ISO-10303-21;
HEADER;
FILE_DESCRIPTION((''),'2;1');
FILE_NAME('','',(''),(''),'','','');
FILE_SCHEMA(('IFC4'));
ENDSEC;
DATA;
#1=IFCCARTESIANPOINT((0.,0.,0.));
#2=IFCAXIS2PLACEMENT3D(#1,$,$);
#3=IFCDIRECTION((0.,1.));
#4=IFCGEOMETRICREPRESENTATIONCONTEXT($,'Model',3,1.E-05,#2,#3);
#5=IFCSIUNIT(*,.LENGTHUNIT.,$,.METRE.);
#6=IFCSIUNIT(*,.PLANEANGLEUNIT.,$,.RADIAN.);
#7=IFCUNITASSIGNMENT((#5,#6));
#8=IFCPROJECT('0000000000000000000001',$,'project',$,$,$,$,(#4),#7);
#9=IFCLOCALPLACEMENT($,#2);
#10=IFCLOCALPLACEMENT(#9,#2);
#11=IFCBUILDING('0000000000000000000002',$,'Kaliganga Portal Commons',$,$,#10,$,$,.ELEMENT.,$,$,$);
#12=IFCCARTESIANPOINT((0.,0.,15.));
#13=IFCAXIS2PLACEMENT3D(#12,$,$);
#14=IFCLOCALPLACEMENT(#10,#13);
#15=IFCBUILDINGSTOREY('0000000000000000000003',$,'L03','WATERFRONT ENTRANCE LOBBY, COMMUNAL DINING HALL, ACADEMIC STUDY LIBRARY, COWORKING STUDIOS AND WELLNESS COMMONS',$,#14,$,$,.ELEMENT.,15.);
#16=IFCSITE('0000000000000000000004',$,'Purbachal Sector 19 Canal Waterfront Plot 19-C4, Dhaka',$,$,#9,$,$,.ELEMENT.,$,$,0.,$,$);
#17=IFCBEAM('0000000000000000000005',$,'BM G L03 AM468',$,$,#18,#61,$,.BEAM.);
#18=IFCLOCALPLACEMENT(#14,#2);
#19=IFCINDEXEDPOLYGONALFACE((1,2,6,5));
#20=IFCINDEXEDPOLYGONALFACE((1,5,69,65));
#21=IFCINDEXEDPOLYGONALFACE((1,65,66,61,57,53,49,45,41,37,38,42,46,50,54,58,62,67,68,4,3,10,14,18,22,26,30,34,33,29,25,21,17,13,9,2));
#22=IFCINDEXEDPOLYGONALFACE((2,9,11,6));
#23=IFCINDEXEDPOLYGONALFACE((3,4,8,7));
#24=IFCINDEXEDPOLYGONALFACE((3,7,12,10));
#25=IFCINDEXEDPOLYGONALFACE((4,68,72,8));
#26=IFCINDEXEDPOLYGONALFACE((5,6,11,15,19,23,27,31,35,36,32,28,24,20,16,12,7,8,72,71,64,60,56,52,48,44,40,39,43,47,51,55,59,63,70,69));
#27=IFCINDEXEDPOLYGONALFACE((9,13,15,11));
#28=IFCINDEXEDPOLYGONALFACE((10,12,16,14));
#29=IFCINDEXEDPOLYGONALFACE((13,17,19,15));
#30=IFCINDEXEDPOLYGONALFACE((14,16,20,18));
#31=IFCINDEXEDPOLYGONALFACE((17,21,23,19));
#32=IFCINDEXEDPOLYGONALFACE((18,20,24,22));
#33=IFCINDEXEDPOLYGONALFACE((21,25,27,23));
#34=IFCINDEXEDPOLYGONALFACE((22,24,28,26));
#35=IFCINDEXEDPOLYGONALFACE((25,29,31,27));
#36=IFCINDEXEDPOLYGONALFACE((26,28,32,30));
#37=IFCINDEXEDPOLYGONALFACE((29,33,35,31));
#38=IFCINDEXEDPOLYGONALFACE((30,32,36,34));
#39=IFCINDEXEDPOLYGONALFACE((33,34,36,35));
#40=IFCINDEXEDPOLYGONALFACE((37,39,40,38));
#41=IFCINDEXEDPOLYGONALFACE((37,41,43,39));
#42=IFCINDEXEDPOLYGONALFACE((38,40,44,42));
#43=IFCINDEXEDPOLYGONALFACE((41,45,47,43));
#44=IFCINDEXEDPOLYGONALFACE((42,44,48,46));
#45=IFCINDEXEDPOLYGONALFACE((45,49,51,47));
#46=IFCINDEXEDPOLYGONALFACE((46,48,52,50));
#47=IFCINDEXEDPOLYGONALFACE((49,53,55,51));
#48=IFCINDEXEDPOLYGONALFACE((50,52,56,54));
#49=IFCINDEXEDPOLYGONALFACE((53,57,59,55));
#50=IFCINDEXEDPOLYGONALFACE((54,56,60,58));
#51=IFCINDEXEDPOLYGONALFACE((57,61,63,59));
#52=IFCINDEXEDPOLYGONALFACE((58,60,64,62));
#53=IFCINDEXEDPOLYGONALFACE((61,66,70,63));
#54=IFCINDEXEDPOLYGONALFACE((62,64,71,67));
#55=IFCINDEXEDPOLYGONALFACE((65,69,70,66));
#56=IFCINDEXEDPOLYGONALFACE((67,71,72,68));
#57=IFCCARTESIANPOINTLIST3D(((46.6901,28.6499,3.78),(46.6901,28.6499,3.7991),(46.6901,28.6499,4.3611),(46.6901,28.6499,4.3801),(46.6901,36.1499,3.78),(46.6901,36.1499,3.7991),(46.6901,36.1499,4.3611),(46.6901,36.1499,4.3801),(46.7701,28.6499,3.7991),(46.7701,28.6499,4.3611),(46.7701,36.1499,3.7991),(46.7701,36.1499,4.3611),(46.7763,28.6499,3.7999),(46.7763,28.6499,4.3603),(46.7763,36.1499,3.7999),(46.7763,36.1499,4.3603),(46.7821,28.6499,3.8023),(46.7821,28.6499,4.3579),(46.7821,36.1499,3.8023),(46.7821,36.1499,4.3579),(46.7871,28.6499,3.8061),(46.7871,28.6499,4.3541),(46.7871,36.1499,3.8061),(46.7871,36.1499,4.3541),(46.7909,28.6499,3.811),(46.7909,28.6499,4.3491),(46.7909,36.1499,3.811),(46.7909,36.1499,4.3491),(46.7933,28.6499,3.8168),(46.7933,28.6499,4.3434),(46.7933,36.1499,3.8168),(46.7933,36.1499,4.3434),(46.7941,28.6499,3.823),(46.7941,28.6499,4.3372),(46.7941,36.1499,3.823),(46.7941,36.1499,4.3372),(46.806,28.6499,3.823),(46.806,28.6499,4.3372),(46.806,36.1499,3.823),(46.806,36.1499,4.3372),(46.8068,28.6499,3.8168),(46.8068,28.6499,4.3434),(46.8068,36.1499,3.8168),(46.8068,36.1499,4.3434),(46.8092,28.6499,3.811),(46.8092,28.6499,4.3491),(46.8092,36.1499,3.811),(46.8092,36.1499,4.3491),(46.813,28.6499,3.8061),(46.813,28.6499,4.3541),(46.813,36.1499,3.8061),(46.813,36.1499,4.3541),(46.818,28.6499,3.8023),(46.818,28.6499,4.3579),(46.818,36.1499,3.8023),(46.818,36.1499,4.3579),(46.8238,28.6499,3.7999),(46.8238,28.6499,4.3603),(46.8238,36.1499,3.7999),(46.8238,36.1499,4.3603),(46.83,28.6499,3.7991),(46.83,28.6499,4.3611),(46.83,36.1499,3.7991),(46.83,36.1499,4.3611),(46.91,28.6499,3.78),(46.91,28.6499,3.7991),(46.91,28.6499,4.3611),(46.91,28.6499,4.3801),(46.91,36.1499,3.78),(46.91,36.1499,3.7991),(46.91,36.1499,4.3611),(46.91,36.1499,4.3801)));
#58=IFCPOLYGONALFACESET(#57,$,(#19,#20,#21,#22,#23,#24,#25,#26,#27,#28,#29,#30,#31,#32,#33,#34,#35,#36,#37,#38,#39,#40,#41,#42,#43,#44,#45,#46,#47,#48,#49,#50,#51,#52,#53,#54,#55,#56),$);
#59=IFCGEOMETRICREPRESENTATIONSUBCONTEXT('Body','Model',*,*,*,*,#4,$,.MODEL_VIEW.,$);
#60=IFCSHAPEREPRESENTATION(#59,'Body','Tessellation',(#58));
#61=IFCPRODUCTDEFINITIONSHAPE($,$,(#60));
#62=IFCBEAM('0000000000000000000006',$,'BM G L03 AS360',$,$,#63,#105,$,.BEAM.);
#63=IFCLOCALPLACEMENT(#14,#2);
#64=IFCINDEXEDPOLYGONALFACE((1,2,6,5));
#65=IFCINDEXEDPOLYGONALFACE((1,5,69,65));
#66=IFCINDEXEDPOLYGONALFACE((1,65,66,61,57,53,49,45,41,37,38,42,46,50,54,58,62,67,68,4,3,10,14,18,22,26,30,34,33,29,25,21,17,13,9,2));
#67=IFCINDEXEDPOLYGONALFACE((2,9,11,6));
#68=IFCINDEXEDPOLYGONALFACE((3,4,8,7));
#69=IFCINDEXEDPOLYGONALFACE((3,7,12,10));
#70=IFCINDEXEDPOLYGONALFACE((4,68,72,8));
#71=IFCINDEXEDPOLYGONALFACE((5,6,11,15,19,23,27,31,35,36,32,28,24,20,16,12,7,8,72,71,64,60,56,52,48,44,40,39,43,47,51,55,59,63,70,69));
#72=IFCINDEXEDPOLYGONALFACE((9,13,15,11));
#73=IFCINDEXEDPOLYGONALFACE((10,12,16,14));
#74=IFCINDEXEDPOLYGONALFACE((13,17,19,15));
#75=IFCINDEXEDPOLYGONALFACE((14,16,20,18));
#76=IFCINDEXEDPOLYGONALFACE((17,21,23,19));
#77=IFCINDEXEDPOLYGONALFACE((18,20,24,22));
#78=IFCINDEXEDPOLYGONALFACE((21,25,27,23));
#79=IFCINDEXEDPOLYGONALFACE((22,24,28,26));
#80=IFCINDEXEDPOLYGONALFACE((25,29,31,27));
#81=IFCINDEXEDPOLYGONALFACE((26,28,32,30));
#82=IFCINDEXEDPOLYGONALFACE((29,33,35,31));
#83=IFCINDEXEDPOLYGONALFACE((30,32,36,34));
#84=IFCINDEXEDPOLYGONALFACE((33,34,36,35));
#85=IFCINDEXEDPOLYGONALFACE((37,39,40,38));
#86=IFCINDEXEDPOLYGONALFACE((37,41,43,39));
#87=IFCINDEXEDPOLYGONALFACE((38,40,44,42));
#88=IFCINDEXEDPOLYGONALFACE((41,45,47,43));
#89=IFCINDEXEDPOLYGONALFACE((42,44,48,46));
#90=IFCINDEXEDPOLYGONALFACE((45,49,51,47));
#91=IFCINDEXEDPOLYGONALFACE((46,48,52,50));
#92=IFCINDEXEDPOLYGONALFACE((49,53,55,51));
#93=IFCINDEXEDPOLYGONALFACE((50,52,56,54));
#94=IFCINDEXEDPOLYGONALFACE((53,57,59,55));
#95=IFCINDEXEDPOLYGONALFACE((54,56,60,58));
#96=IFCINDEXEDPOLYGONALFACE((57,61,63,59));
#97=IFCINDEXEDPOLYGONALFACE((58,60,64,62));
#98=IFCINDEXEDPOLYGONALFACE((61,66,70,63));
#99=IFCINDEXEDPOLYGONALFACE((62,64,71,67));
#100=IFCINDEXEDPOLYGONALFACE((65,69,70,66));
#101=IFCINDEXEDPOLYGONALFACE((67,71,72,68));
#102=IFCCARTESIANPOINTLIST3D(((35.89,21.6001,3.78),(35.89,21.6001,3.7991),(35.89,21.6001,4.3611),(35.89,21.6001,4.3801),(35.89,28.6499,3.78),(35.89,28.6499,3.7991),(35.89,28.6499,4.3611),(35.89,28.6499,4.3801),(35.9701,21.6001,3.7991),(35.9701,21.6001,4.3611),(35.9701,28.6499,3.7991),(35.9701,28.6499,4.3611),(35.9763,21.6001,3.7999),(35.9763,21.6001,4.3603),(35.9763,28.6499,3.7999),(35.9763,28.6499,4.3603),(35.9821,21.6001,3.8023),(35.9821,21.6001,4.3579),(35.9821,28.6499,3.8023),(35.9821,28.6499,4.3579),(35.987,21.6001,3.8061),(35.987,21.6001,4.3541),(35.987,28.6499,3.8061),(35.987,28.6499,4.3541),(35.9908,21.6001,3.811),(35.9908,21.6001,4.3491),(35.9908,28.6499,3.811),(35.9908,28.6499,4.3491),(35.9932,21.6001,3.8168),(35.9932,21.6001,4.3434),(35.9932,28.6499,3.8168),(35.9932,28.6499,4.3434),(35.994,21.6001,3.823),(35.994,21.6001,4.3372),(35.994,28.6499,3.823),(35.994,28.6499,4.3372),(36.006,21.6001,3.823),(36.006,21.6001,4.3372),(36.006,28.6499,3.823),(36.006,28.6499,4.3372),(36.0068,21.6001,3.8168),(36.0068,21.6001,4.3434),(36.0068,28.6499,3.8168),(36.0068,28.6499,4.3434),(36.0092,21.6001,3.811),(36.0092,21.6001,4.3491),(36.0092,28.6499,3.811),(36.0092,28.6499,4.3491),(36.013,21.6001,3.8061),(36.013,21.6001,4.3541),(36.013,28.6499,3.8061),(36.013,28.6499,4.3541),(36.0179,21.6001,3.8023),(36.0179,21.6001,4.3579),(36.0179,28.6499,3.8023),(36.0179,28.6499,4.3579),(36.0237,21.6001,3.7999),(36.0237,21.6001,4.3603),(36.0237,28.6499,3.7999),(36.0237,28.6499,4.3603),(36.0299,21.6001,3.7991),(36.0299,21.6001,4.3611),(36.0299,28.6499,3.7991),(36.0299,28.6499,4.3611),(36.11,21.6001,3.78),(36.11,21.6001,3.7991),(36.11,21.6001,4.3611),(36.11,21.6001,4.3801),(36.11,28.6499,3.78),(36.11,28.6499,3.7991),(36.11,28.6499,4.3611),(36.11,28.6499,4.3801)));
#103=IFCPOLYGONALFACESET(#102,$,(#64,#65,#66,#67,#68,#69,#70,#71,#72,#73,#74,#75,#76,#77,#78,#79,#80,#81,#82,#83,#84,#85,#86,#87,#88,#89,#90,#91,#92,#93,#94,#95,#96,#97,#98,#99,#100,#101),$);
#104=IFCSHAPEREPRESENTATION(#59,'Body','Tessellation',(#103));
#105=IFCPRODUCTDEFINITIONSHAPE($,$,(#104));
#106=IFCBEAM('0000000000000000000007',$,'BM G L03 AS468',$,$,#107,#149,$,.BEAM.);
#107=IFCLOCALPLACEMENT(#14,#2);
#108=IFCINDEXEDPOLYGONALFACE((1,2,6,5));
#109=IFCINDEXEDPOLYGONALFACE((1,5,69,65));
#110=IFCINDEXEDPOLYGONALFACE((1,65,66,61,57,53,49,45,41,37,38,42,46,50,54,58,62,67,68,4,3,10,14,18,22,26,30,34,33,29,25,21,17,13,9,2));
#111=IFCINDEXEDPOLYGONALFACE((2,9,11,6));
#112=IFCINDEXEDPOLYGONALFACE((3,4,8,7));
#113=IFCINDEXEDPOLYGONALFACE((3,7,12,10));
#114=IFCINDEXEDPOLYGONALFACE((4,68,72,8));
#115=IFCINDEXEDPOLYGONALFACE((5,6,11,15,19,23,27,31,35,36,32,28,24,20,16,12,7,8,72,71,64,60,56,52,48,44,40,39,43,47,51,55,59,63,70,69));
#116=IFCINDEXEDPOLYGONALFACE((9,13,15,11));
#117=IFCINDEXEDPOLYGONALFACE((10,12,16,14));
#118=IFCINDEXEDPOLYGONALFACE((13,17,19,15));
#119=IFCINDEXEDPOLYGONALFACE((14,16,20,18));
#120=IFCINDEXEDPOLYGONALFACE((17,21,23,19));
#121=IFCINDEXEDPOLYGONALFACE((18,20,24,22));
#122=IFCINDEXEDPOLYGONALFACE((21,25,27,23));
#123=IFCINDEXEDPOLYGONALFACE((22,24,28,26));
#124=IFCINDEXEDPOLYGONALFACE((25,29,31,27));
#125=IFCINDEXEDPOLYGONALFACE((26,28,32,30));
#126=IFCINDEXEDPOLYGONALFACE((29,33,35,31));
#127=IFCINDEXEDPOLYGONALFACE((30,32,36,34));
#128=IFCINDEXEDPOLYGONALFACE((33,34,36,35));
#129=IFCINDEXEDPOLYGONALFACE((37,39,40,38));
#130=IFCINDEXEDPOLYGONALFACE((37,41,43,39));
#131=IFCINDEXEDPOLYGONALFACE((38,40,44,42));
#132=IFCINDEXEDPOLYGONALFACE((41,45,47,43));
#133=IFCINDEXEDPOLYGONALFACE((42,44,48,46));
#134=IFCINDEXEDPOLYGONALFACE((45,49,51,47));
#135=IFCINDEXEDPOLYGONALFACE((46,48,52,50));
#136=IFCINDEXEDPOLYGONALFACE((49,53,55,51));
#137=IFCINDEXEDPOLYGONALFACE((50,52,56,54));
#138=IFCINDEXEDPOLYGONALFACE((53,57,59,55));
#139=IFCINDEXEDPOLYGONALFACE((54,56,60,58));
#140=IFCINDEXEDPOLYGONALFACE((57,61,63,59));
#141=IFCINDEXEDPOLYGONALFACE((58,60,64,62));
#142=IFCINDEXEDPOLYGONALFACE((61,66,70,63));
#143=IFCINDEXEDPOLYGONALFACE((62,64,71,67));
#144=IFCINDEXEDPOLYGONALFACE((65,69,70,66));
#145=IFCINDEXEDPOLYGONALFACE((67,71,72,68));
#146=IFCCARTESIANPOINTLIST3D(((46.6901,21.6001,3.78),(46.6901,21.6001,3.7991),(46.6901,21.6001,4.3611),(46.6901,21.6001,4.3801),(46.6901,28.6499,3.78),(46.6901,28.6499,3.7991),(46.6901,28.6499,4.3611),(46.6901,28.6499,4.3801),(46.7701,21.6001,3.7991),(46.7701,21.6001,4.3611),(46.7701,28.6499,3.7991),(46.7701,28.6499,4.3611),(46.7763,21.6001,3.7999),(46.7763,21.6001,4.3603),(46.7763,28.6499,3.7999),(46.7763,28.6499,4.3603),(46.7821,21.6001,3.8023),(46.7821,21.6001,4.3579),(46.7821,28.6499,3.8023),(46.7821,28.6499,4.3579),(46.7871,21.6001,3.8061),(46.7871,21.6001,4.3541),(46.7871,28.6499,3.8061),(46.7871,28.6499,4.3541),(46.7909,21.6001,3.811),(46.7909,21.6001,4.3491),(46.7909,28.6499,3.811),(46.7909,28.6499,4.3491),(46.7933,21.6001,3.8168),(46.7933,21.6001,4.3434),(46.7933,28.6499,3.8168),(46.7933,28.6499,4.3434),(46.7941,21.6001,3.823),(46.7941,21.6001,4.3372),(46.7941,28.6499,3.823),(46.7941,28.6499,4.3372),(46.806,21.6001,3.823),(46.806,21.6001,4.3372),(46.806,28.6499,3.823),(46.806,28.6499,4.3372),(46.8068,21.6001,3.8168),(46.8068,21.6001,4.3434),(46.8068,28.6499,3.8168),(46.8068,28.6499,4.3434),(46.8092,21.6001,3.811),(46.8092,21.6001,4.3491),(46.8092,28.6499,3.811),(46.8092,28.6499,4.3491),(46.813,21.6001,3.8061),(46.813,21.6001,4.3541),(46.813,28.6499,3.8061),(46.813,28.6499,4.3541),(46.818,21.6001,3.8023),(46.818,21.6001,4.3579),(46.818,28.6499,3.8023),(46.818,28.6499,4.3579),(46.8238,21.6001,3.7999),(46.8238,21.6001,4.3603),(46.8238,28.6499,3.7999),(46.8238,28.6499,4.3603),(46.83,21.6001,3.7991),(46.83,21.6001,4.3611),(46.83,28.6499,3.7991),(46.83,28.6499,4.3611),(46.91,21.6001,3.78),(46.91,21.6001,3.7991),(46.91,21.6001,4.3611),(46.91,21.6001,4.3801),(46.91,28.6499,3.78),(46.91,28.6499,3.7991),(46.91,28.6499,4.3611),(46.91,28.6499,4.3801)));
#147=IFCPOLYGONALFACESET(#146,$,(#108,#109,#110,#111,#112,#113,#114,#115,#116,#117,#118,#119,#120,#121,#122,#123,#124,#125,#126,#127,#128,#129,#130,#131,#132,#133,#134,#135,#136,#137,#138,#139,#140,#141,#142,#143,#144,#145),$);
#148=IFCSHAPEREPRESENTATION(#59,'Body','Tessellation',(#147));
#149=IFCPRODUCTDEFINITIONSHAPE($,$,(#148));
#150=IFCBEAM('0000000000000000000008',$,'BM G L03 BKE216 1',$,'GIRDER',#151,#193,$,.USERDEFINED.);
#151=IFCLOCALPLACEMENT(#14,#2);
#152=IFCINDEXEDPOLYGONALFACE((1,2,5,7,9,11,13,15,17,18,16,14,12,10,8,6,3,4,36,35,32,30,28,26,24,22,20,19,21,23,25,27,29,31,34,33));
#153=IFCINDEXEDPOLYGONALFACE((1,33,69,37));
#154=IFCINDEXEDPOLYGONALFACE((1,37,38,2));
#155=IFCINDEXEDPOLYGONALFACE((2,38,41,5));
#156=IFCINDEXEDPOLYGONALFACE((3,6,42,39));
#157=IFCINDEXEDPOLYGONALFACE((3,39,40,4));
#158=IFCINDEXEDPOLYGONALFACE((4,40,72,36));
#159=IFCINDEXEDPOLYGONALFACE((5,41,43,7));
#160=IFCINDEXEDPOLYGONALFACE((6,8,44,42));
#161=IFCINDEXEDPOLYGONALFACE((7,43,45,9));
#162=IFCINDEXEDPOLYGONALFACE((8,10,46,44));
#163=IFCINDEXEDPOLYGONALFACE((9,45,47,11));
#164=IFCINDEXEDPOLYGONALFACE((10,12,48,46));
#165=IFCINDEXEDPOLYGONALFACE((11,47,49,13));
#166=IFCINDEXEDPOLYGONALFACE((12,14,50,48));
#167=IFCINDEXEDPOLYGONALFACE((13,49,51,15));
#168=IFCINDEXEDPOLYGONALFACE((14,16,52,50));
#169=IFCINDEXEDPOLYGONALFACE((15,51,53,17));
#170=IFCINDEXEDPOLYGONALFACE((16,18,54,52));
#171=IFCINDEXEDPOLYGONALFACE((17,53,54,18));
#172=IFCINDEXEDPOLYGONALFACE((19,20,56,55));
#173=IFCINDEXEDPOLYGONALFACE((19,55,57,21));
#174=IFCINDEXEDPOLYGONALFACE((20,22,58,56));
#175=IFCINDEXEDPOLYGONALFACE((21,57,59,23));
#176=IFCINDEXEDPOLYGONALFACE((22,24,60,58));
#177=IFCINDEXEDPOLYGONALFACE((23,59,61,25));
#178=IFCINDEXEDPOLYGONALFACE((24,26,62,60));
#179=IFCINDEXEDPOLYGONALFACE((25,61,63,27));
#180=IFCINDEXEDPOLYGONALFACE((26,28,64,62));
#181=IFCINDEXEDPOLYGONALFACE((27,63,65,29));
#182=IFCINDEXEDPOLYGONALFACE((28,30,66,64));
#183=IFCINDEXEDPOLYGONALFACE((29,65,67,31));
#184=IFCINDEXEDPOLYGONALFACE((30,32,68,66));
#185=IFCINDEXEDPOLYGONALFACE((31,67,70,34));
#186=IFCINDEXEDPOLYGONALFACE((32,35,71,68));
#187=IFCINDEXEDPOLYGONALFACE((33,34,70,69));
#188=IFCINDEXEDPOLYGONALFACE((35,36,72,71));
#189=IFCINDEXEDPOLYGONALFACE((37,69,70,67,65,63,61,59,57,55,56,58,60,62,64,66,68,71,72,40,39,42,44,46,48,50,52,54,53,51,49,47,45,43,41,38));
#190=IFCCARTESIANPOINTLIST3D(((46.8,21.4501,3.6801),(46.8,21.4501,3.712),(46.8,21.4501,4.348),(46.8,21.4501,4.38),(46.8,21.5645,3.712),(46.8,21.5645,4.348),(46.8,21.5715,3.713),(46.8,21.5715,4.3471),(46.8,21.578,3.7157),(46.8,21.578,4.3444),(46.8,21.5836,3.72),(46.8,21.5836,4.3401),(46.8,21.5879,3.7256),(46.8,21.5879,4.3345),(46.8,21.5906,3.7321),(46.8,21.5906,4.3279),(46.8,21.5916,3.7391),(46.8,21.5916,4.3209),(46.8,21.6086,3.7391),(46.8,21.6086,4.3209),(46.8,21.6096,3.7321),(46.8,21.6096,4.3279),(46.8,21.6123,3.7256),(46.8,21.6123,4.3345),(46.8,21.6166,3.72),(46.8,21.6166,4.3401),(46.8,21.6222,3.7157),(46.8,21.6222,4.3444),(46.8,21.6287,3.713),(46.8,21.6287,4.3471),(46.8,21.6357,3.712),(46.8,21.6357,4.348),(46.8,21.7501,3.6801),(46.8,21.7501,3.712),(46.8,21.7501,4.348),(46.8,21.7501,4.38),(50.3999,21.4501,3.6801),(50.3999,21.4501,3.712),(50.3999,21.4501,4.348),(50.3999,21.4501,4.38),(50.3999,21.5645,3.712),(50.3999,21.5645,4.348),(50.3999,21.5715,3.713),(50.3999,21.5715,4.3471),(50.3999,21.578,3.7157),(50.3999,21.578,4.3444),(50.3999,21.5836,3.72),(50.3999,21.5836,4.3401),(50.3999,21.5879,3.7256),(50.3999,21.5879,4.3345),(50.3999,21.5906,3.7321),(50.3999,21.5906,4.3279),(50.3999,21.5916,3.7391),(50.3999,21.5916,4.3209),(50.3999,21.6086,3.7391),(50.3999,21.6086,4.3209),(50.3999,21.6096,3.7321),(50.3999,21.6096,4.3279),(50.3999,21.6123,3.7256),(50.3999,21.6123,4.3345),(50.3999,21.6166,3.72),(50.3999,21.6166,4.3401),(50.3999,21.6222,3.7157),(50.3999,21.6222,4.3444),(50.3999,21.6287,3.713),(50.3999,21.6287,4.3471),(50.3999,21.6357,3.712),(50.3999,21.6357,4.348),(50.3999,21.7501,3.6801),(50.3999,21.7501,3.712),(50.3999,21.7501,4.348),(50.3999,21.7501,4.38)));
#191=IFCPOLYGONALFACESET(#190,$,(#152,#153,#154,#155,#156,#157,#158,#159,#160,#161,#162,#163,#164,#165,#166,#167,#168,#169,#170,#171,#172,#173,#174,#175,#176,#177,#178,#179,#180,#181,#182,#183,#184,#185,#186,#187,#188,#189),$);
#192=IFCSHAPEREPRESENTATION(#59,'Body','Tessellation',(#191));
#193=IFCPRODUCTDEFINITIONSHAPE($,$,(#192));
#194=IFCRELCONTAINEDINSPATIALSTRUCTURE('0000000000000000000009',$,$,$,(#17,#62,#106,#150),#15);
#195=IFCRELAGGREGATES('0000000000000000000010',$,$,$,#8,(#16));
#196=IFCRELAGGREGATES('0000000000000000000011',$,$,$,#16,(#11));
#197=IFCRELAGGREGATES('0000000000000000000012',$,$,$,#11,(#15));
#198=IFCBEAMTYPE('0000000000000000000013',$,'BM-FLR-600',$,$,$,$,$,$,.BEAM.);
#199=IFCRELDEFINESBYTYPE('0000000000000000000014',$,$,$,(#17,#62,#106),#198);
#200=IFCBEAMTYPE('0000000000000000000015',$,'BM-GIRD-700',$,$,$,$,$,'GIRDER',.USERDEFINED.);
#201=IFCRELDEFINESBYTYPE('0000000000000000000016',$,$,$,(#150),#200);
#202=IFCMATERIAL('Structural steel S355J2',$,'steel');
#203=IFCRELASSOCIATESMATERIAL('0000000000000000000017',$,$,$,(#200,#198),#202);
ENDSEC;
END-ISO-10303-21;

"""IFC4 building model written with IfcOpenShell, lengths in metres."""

from ifc_helpers import new_model, si_unit, direction, frame, origin, origin_2d, place, context, subcontext, project, spatial, i_section, extrude, source, transform, mapped, material, material_profile, profile_set, type_object, element, save


model = new_model("IFC4")

# Units and contexts
model_context = context("Model", 3, precision=1e-05, world=origin(), true_north=direction((0.0, 1.0)))
body_context = subcontext(model_context, "Body", "Model", "MODEL_VIEW")
ifc_project = project(units=[si_unit("LENGTHUNIT", "METRE"), si_unit("PLANEANGLEUNIT", "RADIAN")], contexts=[model_context])

# Site, building, storey
site_placement = place(None, origin())
site = spatial("IfcSite", under=ifc_project, at=site_placement, Name="Purbachal Sector 19 Canal Waterfront Plot 19-C4, Dhaka", CompositionType="ELEMENT", RefElevation=0.0)
building_placement = place(site_placement, origin())
building = spatial("IfcBuilding", under=site, at=building_placement, Name="Kaliganga Portal Commons", CompositionType="ELEMENT")
storey_placement = place(building_placement, frame((0.0, 0.0, 15.0)))
storey = spatial("IfcBuildingStorey", under=building, at=storey_placement, Name="L03", Description="WATERFRONT ENTRANCE LOBBY, COMMUNAL DINING HALL, ACADEMIC STUDY LIBRARY, COWORKING STUDIOS AND WELLNESS COMMONS", CompositionType="ELEMENT", Elevation=15.0)

# Beams
ifc_material_1 = material(Name="Structural steel S355J2", Category="steel")
ifc_material_profile_1 = material_profile(ifc_material_1, i_section(OverallWidth=0.3, OverallDepth=0.7, WebThickness=0.0171, FlangeThickness=0.032, FilletRadius=0.0271, at=origin_2d()), Name="HE 700 B")
ifc_profile_set_1 = profile_set([ifc_material_profile_1], Name="Structural steel S355J2 wide-flange")
beam_type_1 = type_object("IfcBeamType", Name="BM-GIRD-700", ElementType="GIRDER", PredefinedType="USERDEFINED", material=ifc_profile_set_1)
ifc_material_profile_2 = material_profile(ifc_material_1, i_section(OverallWidth=0.22, OverallDepth=0.6001, WebThickness=0.012, FlangeThickness=0.019, FilletRadius=0.0239, at=origin_2d()), Name="IPE 600")
ifc_profile_set_2 = profile_set([ifc_material_profile_2], Name="Structural steel S355J2 wide-flange")
beam_type_2 = type_object("IfcBeamType", Name="BM-FLR-600", PredefinedType="BEAM", material=ifc_profile_set_2)
shared_shape_1 = source(origin(), body_context, "Body", "SweptSolid", [
    extrude(i_section(OverallWidth=0.22, OverallDepth=0.6001, WebThickness=0.012, FlangeThickness=0.019, FilletRadius=0.0239, at=origin_2d()), origin(), (0.0, 0.0, 1.0), 7.5),
])
for number, where, z_axis, x_axis, name in (
    (1, (46.8, 28.6499, 4.0801), (0.0, 1.0, 0.0), (-1.0, 0.0, 0.0), "BM G L03 AM468"),
):
    element("IfcBeam", number, at=place(storey_placement, frame(where, z_axis=z_axis, x_axis=x_axis)), inside=storey, type_object=beam_type_2, Name=name, PredefinedType="BEAM", context=body_context, shape_type="MappedRepresentation", body=[
        mapped(shared_shape_1, transform((0.0, 0.0, 0.0), x_axis=(1.0, 0.0, 0.0), y_axis=(0.0, 1.0, 0.0), z_axis=(0.0, 0.0, 1.0), scale=1.0)),
    ])
shared_shape_2 = source(origin(), body_context, "Body", "SweptSolid", [
    extrude(i_section(OverallWidth=0.22, OverallDepth=0.6001, WebThickness=0.012, FlangeThickness=0.019, FilletRadius=0.0239, at=origin_2d()), origin(), (0.0, 0.0, 1.0), 7.0498),
])
for number, where, z_axis, x_axis, name in (
    (2, (36.0, 21.6001, 4.0801), (0.0, 1.0, 0.0), (-1.0, 0.0, 0.0), "BM G L03 AS360"),
    (3, (46.8, 21.6001, 4.0801), (0.0, 1.0, 0.0), (-1.0, 0.0, 0.0), "BM G L03 AS468"),
):
    element("IfcBeam", number, at=place(storey_placement, frame(where, z_axis=z_axis, x_axis=x_axis)), inside=storey, type_object=beam_type_2, Name=name, PredefinedType="BEAM", context=body_context, shape_type="MappedRepresentation", body=[
        mapped(shared_shape_2, transform((0.0, 0.0, 0.0), x_axis=(1.0, 0.0, 0.0), y_axis=(0.0, 1.0, 0.0), z_axis=(0.0, 0.0, 1.0), scale=1.0)),
    ])
shared_shape_3 = source(origin(), body_context, "Body", "SweptSolid", [
    extrude(i_section(OverallWidth=0.3, OverallDepth=0.7, WebThickness=0.0171, FlangeThickness=0.032, FilletRadius=0.0271, at=origin_2d()), origin(), (0.0, 0.0, 1.0), 3.5999),
])
for number, where, z_axis, x_axis, name in (
    (4, (46.8, 21.6001, 4.03), (1.0, 0.0, 0.0), (0.0, 1.0, 0.0), "BM G L03 BKE216 1"),
):
    element("IfcBeam", number, at=place(storey_placement, frame(where, z_axis=z_axis, x_axis=x_axis)), inside=storey, type_object=beam_type_1, Name=name, ObjectType="GIRDER", PredefinedType="USERDEFINED", context=body_context, shape_type="MappedRepresentation", body=[
        mapped(shared_shape_3, transform((0.0, 0.0, 0.0), x_axis=(1.0, 0.0, 0.0), y_axis=(0.0, 1.0, 0.0), z_axis=(0.0, 0.0, 1.0), scale=1.0)),
    ])

save(model, "model.ifc")
